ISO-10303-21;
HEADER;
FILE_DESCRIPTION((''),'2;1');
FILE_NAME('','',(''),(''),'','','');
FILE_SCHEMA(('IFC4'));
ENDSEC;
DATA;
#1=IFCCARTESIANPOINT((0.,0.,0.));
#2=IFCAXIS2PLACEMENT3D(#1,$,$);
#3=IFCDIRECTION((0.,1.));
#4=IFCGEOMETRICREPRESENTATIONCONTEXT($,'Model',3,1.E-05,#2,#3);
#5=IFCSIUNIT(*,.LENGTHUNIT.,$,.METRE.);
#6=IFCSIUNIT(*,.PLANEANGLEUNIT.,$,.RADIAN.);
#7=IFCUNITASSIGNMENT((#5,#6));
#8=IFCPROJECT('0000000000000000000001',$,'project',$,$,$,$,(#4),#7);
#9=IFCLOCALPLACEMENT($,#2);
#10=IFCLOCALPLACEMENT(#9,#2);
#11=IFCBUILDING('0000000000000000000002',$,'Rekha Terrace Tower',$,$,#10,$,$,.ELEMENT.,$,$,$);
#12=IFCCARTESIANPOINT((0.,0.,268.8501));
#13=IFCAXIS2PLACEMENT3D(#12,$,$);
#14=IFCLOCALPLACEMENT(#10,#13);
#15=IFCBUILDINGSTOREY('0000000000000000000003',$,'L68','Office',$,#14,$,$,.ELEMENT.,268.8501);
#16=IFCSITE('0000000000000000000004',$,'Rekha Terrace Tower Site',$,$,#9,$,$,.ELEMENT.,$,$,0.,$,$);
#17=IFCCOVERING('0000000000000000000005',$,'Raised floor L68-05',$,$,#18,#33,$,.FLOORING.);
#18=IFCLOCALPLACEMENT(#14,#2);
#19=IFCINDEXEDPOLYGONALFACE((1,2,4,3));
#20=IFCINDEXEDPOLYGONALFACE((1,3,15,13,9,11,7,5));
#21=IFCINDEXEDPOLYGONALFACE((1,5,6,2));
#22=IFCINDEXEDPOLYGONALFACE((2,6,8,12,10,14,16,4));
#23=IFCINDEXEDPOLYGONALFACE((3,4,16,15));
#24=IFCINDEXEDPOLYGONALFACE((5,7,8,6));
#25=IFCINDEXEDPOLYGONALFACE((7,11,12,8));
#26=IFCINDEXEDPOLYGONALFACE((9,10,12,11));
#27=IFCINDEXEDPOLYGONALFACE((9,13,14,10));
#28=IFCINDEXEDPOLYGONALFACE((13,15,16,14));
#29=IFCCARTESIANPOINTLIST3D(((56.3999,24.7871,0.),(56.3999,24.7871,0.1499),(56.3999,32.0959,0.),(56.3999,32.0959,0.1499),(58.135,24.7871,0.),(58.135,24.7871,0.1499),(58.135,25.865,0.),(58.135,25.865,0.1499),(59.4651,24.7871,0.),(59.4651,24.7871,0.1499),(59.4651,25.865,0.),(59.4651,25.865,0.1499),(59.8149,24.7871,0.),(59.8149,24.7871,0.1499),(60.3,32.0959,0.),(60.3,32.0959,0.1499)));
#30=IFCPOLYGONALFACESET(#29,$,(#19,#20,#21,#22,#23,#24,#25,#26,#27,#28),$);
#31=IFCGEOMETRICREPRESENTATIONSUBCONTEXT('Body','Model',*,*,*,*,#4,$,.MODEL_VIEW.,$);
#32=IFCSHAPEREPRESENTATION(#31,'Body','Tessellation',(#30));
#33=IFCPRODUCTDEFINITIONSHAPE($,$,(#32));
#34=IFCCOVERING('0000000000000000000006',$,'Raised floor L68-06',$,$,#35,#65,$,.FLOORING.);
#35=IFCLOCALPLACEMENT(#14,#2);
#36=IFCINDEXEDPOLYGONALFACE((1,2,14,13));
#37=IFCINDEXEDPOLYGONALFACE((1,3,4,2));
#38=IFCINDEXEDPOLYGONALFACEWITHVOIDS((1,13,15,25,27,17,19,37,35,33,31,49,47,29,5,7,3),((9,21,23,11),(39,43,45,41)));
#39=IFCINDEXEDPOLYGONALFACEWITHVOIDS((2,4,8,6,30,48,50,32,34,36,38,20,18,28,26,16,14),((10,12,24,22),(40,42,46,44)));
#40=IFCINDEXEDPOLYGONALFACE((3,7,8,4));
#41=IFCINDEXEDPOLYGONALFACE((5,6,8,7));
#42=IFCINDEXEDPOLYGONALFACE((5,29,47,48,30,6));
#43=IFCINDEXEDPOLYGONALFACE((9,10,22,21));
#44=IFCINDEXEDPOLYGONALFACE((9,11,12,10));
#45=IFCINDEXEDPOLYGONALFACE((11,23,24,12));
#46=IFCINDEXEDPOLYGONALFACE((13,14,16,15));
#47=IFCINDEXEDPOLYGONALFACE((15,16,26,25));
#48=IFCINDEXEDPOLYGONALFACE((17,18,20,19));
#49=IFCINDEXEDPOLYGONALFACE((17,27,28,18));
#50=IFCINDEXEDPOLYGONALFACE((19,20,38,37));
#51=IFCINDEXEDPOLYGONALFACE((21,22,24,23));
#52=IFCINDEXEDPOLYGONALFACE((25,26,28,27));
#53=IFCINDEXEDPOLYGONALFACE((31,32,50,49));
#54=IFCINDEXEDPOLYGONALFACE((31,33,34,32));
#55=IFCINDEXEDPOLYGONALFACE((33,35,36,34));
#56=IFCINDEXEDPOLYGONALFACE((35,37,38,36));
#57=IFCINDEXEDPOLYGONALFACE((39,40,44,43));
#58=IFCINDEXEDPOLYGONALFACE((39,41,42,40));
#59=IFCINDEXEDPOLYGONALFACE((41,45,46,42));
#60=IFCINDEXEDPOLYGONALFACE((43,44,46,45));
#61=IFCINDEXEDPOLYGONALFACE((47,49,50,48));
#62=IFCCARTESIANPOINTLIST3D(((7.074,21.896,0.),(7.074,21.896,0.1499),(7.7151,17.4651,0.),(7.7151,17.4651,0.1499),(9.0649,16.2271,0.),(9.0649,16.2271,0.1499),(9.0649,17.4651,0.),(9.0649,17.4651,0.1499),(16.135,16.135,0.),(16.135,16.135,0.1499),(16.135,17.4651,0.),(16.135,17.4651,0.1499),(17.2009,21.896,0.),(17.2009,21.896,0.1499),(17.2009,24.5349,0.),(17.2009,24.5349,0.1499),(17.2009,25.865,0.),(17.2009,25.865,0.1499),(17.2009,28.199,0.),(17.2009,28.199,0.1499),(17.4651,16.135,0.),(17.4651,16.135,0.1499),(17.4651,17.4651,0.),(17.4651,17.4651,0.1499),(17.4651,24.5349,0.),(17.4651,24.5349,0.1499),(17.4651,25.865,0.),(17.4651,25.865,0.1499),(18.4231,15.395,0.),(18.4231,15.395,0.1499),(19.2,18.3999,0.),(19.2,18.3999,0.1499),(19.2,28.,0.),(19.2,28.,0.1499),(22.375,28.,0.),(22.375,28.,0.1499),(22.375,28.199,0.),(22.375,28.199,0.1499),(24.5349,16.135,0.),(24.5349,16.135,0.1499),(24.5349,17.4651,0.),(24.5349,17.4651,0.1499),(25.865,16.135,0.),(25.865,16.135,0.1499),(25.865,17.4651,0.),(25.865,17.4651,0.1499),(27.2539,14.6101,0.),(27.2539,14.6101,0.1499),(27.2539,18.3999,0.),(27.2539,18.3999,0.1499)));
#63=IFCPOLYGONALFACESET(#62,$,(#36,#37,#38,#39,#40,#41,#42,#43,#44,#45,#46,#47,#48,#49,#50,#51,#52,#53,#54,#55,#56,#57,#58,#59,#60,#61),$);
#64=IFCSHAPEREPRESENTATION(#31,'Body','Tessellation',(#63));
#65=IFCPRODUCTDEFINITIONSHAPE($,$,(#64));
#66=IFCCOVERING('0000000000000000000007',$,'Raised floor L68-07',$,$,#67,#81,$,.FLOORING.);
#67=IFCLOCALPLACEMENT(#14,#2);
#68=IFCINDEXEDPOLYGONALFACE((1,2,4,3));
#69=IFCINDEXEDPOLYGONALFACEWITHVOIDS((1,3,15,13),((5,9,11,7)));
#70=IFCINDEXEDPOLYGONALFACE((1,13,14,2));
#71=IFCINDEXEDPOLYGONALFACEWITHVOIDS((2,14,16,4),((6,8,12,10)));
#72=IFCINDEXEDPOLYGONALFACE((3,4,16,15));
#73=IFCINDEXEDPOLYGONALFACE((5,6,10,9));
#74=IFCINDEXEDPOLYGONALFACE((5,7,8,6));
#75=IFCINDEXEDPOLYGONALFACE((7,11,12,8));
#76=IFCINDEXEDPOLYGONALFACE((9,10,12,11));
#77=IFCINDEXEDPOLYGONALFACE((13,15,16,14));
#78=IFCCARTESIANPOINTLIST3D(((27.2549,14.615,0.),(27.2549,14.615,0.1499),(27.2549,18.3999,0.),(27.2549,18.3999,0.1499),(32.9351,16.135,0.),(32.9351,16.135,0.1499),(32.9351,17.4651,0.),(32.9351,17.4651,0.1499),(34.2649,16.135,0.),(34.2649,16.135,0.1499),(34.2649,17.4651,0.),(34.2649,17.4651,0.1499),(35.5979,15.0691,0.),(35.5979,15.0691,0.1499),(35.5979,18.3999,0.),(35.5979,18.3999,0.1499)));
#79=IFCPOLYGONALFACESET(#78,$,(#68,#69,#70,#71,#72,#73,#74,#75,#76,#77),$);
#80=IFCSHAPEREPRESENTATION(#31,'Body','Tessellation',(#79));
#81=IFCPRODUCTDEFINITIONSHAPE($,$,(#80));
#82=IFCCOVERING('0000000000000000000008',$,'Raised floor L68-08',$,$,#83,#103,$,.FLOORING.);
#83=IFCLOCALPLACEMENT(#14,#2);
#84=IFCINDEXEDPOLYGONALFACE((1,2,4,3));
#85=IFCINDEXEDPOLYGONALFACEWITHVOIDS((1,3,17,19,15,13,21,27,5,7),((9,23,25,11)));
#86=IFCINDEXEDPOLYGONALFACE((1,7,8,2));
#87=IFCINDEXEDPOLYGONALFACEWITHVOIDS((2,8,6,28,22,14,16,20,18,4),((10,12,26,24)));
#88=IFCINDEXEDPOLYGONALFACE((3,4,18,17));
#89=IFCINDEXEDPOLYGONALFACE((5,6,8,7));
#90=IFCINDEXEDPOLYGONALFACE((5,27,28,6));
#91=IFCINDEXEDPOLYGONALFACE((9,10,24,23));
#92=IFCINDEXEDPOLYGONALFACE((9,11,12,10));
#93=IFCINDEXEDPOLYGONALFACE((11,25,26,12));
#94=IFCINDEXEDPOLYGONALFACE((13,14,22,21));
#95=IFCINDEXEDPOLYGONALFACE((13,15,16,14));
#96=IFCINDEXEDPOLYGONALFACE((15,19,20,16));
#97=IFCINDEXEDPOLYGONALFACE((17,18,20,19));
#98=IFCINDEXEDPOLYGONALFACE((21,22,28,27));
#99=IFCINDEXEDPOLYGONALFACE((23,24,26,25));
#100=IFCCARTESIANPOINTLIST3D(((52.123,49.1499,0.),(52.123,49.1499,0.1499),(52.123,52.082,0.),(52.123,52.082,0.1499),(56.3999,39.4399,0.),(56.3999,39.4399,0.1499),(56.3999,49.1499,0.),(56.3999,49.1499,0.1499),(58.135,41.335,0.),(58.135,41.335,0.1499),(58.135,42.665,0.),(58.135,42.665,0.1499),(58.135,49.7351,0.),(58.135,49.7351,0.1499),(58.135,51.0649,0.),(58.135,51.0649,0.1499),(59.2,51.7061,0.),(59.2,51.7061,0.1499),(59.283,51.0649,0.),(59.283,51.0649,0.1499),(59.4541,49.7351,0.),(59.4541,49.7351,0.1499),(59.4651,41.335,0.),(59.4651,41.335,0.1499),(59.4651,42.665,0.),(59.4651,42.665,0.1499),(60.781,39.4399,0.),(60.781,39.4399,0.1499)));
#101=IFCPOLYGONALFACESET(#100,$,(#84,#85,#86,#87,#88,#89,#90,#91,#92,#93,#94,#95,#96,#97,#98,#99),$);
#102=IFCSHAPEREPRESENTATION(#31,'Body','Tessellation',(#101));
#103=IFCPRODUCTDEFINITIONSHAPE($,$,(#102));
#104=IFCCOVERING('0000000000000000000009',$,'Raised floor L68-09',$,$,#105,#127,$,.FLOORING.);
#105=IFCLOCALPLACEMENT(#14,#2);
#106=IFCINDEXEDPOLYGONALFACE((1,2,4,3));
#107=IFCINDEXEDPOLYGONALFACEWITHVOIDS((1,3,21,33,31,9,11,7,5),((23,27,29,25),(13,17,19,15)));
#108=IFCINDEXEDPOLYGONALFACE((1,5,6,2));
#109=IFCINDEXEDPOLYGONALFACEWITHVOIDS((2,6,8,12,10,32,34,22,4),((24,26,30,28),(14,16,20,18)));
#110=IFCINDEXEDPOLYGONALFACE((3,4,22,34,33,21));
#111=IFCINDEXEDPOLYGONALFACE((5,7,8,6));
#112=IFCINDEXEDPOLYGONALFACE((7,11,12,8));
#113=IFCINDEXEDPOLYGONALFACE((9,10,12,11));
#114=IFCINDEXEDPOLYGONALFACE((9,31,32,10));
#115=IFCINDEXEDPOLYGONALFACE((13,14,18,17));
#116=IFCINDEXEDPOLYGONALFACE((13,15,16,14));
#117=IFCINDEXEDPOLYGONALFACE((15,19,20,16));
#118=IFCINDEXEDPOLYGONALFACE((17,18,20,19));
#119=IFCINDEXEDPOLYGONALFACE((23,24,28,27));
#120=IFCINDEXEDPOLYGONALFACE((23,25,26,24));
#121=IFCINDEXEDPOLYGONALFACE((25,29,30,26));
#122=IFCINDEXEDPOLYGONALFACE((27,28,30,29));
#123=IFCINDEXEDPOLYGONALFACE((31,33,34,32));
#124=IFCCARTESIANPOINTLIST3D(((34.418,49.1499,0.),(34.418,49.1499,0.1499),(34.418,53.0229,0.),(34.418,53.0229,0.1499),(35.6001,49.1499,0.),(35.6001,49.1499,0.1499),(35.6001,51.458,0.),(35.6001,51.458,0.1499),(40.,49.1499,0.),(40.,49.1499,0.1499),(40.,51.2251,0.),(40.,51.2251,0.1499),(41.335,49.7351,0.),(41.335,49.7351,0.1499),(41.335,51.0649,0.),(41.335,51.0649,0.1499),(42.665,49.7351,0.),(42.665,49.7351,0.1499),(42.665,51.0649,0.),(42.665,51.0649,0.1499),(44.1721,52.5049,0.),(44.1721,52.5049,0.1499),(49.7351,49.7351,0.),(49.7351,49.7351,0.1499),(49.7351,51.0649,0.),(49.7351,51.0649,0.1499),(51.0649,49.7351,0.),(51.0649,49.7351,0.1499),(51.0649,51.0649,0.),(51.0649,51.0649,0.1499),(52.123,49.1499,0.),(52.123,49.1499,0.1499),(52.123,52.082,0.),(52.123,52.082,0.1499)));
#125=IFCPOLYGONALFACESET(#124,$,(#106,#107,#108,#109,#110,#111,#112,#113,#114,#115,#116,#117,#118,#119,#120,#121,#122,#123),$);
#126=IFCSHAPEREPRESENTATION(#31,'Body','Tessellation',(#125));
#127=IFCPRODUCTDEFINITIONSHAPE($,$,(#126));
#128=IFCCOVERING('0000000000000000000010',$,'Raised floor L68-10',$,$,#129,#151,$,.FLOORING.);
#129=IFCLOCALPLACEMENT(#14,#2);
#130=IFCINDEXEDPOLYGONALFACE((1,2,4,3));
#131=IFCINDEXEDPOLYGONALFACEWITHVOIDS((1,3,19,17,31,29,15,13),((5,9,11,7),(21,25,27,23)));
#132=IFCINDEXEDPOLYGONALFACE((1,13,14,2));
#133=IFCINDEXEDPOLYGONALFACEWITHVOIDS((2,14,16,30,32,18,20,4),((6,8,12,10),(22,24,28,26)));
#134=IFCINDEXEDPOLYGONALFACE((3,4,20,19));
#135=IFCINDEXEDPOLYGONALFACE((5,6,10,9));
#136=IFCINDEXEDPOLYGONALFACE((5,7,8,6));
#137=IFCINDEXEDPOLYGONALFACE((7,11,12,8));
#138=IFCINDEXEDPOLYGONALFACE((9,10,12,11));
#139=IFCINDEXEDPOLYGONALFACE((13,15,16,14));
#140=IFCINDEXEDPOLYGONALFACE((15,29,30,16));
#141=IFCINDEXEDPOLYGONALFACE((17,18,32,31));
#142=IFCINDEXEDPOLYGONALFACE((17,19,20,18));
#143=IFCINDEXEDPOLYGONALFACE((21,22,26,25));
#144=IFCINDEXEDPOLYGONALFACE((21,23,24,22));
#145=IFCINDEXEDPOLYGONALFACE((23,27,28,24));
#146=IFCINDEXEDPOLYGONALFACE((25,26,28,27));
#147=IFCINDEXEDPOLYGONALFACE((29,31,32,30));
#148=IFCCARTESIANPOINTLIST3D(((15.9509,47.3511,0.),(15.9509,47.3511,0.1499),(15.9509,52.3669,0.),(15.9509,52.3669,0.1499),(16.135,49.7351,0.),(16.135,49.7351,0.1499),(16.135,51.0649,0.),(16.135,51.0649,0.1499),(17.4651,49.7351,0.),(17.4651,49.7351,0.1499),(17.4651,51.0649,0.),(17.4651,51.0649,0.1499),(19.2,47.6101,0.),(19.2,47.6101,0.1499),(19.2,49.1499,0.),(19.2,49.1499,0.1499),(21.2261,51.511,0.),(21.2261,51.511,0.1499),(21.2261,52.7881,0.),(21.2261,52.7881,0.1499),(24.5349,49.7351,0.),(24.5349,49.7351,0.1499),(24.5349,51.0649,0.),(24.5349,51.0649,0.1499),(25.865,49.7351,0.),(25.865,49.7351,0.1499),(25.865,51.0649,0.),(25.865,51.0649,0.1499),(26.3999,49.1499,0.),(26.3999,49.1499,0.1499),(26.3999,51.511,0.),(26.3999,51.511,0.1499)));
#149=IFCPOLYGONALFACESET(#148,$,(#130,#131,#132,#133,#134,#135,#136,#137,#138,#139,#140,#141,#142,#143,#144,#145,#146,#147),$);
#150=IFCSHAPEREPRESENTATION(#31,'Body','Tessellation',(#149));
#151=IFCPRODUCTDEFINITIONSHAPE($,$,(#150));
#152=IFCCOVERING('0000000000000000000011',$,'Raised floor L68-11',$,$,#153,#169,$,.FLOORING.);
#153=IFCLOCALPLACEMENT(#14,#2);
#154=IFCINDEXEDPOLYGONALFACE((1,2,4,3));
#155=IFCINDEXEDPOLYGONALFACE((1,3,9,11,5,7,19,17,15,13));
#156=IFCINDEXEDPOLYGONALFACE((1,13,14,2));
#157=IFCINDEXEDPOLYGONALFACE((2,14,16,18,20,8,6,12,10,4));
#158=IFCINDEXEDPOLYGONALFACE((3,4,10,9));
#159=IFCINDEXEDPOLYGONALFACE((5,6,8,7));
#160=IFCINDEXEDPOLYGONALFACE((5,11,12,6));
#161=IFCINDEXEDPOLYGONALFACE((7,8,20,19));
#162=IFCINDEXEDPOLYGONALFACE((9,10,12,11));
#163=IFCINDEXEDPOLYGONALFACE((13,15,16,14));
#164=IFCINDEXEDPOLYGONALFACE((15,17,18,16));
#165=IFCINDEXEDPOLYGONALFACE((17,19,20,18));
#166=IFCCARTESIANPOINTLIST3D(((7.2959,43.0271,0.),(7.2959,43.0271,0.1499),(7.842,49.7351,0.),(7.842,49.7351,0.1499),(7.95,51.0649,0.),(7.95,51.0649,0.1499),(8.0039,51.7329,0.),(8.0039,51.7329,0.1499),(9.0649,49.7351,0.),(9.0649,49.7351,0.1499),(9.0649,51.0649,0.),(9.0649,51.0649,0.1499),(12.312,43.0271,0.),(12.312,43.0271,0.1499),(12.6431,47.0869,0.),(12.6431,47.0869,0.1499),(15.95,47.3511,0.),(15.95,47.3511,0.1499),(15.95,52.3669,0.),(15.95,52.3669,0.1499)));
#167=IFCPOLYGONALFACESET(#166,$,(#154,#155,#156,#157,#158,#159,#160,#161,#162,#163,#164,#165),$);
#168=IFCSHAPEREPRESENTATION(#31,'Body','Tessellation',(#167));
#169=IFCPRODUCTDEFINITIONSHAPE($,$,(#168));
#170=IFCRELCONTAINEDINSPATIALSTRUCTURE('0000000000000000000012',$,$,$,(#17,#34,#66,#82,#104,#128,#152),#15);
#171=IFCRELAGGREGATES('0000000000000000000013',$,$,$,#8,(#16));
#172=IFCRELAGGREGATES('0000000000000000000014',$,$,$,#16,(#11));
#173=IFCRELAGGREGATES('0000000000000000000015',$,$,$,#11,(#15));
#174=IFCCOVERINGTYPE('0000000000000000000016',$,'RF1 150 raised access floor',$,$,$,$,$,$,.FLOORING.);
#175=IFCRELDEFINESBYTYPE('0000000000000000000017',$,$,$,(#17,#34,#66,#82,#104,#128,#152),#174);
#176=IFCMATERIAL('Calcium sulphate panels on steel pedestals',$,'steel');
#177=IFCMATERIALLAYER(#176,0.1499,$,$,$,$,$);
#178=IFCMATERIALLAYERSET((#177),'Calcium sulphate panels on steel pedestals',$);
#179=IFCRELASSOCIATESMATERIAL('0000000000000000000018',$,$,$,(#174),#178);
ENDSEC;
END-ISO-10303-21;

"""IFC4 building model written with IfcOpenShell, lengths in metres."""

from ifc_helpers import new_model, si_unit, direction, frame, origin, place, context, subcontext, project, spatial, polyline, outline, extrude, material, layer, layer_set, type_object, element, save


model = new_model("IFC4")

# Units and contexts
model_context = context("Model", 3, precision=1e-05, world=origin(), true_north=direction((0.0, 1.0)))
body_context = subcontext(model_context, "Body", "Model", "MODEL_VIEW")
ifc_project = project(units=[si_unit("LENGTHUNIT", "METRE"), si_unit("PLANEANGLEUNIT", "RADIAN")], contexts=[model_context])

# Site, building, storey
site_placement = place(None, origin())
site = spatial("IfcSite", under=ifc_project, at=site_placement, Name="Rekha Terrace Tower Site", CompositionType="ELEMENT", RefElevation=0.0)
building_placement = place(site_placement, origin())
building = spatial("IfcBuilding", under=site, at=building_placement, Name="Rekha Terrace Tower", CompositionType="ELEMENT")
storey_placement = place(building_placement, frame((0.0, 0.0, 268.8501)))
storey = spatial("IfcBuildingStorey", under=building, at=storey_placement, Name="L68", Description="Office", CompositionType="ELEMENT", Elevation=268.8501)

# Coverings
ifc_material_1 = material(Name="Calcium sulphate panels on steel pedestals", Category="steel")
ifc_layer_1 = layer(ifc_material_1, 0.1499)
ifc_layer_set_1 = layer_set([ifc_layer_1], Name="Calcium sulphate panels on steel pedestals")
covering_type_1 = type_object("IfcCoveringType", Name="RF1 150 raised access floor", PredefinedType="FLOORING", material=ifc_layer_set_1)
covering_1_placement = place(storey_placement, origin())
element("IfcCovering", 1, at=covering_1_placement, inside=storey, type_object=covering_type_1, Name="Raised floor L68-05", PredefinedType="FLOORING", context=body_context, shape_type="SweptSolid", body=[
    extrude(outline(polyline([(59.4651, 24.7871), (59.8149, 24.7871), (60.3, 32.0959), (56.3999, 32.0959), (56.3999, 24.7871), (58.135, 24.7871), (58.135, 25.865), (59.4651, 25.865), (59.4651, 24.7871)])), origin(), (0.0, 0.0, 1.0), 0.1499),
])
covering_2_placement = place(storey_placement, origin())
element("IfcCovering", 2, at=covering_2_placement, inside=storey, type_object=covering_type_1, Name="Raised floor L68-06", PredefinedType="FLOORING", context=body_context, shape_type="SweptSolid", body=[
    extrude(outline(polyline([(7.074, 21.896), (7.7151, 17.4651), (9.0649, 17.4651), (9.0649, 16.2271), (18.4231, 15.395), (27.2539, 14.6101), (27.2539, 18.3999), (19.2, 18.3999), (19.2, 28.0), (22.375, 28.0), (22.375, 28.199), (17.2009, 28.199), (17.2009, 25.865), (17.4651, 25.865), (17.4651, 24.5349), (17.2009, 24.5349), (17.2009, 21.896), (7.074, 21.896)]), holes=[polyline([(25.865, 17.4651), (25.865, 16.135), (24.5349, 16.135), (24.5349, 17.4651), (25.865, 17.4651)]), polyline([(17.4651, 17.4651), (17.4651, 16.135), (16.135, 16.135), (16.135, 17.4651), (17.4651, 17.4651)])]), origin(), (0.0, 0.0, 1.0), 0.1499),
])
covering_3_placement = place(storey_placement, origin())
element("IfcCovering", 3, at=covering_3_placement, inside=storey, type_object=covering_type_1, Name="Raised floor L68-07", PredefinedType="FLOORING", context=body_context, shape_type="SweptSolid", body=[
    extrude(outline(polyline([(27.2549, 18.3999), (27.2549, 14.615), (35.5979, 15.0691), (35.5979, 18.3999), (27.2549, 18.3999)]), holes=[polyline([(34.2649, 16.135), (32.9351, 16.135), (32.9351, 17.4651), (34.2649, 17.4651), (34.2649, 16.135)])]), origin(), (0.0, 0.0, 1.0), 0.1499),
])
covering_4_placement = place(storey_placement, origin())
element("IfcCovering", 4, at=covering_4_placement, inside=storey, type_object=covering_type_1, Name="Raised floor L68-08", PredefinedType="FLOORING", context=body_context, shape_type="SweptSolid", body=[
    extrude(outline(polyline([(59.2, 51.7061), (52.123, 52.082), (52.123, 49.1499), (56.3999, 49.1499), (56.3999, 39.4399), (60.781, 39.4399), (59.4541, 49.7351), (58.135, 49.7351), (58.135, 51.0649), (59.283, 51.0649), (59.2, 51.7061)]), holes=[polyline([(59.4651, 41.335), (58.135, 41.335), (58.135, 42.665), (59.4651, 42.665), (59.4651, 41.335)])]), origin(), (0.0, 0.0, 1.0), 0.1499),
])
covering_5_placement = place(storey_placement, origin())
element("IfcCovering", 5, at=covering_5_placement, inside=storey, type_object=covering_type_1, Name="Raised floor L68-09", PredefinedType="FLOORING", context=body_context, shape_type="SweptSolid", body=[
    extrude(outline(polyline([(34.418, 49.1499), (35.6001, 49.1499), (35.6001, 51.458), (40.0, 51.2251), (40.0, 49.1499), (52.123, 49.1499), (52.123, 52.082), (44.1721, 52.5049), (34.418, 53.0229), (34.418, 49.1499)]), holes=[polyline([(51.0649, 51.0649), (51.0649, 49.7351), (49.7351, 49.7351), (49.7351, 51.0649), (51.0649, 51.0649)]), polyline([(42.665, 49.7351), (41.335, 49.7351), (41.335, 51.0649), (42.665, 51.0649), (42.665, 49.7351)])]), origin(), (0.0, 0.0, 1.0), 0.1499),
])
covering_6_placement = place(storey_placement, origin())
element("IfcCovering", 6, at=covering_6_placement, inside=storey, type_object=covering_type_1, Name="Raised floor L68-10", PredefinedType="FLOORING", context=body_context, shape_type="SweptSolid", body=[
    extrude(outline(polyline([(21.2261, 52.7881), (15.9509, 52.3669), (15.9509, 47.3511), (19.2, 47.6101), (19.2, 49.1499), (26.3999, 49.1499), (26.3999, 51.511), (21.2261, 51.511), (21.2261, 52.7881)]), holes=[polyline([(25.865, 51.0649), (25.865, 49.7351), (24.5349, 49.7351), (24.5349, 51.0649), (25.865, 51.0649)]), polyline([(17.4651, 49.7351), (16.135, 49.7351), (16.135, 51.0649), (17.4651, 51.0649), (17.4651, 49.7351)])]), origin(), (0.0, 0.0, 1.0), 0.1499),
])
covering_7_placement = place(storey_placement, origin())
element("IfcCovering", 7, at=covering_7_placement, inside=storey, type_object=covering_type_1, Name="Raised floor L68-11", PredefinedType="FLOORING", context=body_context, shape_type="SweptSolid", body=[
    extrude(outline(polyline([(7.842, 49.7351), (7.2959, 43.0271), (12.312, 43.0271), (12.6431, 47.0869), (15.95, 47.3511), (15.95, 52.3669), (8.0039, 51.7329), (7.95, 51.0649), (9.0649, 51.0649), (9.0649, 49.7351), (7.842, 49.7351)])), origin(), (0.0, 0.0, 1.0), 0.1499),
])

save(model, "model.ifc")
